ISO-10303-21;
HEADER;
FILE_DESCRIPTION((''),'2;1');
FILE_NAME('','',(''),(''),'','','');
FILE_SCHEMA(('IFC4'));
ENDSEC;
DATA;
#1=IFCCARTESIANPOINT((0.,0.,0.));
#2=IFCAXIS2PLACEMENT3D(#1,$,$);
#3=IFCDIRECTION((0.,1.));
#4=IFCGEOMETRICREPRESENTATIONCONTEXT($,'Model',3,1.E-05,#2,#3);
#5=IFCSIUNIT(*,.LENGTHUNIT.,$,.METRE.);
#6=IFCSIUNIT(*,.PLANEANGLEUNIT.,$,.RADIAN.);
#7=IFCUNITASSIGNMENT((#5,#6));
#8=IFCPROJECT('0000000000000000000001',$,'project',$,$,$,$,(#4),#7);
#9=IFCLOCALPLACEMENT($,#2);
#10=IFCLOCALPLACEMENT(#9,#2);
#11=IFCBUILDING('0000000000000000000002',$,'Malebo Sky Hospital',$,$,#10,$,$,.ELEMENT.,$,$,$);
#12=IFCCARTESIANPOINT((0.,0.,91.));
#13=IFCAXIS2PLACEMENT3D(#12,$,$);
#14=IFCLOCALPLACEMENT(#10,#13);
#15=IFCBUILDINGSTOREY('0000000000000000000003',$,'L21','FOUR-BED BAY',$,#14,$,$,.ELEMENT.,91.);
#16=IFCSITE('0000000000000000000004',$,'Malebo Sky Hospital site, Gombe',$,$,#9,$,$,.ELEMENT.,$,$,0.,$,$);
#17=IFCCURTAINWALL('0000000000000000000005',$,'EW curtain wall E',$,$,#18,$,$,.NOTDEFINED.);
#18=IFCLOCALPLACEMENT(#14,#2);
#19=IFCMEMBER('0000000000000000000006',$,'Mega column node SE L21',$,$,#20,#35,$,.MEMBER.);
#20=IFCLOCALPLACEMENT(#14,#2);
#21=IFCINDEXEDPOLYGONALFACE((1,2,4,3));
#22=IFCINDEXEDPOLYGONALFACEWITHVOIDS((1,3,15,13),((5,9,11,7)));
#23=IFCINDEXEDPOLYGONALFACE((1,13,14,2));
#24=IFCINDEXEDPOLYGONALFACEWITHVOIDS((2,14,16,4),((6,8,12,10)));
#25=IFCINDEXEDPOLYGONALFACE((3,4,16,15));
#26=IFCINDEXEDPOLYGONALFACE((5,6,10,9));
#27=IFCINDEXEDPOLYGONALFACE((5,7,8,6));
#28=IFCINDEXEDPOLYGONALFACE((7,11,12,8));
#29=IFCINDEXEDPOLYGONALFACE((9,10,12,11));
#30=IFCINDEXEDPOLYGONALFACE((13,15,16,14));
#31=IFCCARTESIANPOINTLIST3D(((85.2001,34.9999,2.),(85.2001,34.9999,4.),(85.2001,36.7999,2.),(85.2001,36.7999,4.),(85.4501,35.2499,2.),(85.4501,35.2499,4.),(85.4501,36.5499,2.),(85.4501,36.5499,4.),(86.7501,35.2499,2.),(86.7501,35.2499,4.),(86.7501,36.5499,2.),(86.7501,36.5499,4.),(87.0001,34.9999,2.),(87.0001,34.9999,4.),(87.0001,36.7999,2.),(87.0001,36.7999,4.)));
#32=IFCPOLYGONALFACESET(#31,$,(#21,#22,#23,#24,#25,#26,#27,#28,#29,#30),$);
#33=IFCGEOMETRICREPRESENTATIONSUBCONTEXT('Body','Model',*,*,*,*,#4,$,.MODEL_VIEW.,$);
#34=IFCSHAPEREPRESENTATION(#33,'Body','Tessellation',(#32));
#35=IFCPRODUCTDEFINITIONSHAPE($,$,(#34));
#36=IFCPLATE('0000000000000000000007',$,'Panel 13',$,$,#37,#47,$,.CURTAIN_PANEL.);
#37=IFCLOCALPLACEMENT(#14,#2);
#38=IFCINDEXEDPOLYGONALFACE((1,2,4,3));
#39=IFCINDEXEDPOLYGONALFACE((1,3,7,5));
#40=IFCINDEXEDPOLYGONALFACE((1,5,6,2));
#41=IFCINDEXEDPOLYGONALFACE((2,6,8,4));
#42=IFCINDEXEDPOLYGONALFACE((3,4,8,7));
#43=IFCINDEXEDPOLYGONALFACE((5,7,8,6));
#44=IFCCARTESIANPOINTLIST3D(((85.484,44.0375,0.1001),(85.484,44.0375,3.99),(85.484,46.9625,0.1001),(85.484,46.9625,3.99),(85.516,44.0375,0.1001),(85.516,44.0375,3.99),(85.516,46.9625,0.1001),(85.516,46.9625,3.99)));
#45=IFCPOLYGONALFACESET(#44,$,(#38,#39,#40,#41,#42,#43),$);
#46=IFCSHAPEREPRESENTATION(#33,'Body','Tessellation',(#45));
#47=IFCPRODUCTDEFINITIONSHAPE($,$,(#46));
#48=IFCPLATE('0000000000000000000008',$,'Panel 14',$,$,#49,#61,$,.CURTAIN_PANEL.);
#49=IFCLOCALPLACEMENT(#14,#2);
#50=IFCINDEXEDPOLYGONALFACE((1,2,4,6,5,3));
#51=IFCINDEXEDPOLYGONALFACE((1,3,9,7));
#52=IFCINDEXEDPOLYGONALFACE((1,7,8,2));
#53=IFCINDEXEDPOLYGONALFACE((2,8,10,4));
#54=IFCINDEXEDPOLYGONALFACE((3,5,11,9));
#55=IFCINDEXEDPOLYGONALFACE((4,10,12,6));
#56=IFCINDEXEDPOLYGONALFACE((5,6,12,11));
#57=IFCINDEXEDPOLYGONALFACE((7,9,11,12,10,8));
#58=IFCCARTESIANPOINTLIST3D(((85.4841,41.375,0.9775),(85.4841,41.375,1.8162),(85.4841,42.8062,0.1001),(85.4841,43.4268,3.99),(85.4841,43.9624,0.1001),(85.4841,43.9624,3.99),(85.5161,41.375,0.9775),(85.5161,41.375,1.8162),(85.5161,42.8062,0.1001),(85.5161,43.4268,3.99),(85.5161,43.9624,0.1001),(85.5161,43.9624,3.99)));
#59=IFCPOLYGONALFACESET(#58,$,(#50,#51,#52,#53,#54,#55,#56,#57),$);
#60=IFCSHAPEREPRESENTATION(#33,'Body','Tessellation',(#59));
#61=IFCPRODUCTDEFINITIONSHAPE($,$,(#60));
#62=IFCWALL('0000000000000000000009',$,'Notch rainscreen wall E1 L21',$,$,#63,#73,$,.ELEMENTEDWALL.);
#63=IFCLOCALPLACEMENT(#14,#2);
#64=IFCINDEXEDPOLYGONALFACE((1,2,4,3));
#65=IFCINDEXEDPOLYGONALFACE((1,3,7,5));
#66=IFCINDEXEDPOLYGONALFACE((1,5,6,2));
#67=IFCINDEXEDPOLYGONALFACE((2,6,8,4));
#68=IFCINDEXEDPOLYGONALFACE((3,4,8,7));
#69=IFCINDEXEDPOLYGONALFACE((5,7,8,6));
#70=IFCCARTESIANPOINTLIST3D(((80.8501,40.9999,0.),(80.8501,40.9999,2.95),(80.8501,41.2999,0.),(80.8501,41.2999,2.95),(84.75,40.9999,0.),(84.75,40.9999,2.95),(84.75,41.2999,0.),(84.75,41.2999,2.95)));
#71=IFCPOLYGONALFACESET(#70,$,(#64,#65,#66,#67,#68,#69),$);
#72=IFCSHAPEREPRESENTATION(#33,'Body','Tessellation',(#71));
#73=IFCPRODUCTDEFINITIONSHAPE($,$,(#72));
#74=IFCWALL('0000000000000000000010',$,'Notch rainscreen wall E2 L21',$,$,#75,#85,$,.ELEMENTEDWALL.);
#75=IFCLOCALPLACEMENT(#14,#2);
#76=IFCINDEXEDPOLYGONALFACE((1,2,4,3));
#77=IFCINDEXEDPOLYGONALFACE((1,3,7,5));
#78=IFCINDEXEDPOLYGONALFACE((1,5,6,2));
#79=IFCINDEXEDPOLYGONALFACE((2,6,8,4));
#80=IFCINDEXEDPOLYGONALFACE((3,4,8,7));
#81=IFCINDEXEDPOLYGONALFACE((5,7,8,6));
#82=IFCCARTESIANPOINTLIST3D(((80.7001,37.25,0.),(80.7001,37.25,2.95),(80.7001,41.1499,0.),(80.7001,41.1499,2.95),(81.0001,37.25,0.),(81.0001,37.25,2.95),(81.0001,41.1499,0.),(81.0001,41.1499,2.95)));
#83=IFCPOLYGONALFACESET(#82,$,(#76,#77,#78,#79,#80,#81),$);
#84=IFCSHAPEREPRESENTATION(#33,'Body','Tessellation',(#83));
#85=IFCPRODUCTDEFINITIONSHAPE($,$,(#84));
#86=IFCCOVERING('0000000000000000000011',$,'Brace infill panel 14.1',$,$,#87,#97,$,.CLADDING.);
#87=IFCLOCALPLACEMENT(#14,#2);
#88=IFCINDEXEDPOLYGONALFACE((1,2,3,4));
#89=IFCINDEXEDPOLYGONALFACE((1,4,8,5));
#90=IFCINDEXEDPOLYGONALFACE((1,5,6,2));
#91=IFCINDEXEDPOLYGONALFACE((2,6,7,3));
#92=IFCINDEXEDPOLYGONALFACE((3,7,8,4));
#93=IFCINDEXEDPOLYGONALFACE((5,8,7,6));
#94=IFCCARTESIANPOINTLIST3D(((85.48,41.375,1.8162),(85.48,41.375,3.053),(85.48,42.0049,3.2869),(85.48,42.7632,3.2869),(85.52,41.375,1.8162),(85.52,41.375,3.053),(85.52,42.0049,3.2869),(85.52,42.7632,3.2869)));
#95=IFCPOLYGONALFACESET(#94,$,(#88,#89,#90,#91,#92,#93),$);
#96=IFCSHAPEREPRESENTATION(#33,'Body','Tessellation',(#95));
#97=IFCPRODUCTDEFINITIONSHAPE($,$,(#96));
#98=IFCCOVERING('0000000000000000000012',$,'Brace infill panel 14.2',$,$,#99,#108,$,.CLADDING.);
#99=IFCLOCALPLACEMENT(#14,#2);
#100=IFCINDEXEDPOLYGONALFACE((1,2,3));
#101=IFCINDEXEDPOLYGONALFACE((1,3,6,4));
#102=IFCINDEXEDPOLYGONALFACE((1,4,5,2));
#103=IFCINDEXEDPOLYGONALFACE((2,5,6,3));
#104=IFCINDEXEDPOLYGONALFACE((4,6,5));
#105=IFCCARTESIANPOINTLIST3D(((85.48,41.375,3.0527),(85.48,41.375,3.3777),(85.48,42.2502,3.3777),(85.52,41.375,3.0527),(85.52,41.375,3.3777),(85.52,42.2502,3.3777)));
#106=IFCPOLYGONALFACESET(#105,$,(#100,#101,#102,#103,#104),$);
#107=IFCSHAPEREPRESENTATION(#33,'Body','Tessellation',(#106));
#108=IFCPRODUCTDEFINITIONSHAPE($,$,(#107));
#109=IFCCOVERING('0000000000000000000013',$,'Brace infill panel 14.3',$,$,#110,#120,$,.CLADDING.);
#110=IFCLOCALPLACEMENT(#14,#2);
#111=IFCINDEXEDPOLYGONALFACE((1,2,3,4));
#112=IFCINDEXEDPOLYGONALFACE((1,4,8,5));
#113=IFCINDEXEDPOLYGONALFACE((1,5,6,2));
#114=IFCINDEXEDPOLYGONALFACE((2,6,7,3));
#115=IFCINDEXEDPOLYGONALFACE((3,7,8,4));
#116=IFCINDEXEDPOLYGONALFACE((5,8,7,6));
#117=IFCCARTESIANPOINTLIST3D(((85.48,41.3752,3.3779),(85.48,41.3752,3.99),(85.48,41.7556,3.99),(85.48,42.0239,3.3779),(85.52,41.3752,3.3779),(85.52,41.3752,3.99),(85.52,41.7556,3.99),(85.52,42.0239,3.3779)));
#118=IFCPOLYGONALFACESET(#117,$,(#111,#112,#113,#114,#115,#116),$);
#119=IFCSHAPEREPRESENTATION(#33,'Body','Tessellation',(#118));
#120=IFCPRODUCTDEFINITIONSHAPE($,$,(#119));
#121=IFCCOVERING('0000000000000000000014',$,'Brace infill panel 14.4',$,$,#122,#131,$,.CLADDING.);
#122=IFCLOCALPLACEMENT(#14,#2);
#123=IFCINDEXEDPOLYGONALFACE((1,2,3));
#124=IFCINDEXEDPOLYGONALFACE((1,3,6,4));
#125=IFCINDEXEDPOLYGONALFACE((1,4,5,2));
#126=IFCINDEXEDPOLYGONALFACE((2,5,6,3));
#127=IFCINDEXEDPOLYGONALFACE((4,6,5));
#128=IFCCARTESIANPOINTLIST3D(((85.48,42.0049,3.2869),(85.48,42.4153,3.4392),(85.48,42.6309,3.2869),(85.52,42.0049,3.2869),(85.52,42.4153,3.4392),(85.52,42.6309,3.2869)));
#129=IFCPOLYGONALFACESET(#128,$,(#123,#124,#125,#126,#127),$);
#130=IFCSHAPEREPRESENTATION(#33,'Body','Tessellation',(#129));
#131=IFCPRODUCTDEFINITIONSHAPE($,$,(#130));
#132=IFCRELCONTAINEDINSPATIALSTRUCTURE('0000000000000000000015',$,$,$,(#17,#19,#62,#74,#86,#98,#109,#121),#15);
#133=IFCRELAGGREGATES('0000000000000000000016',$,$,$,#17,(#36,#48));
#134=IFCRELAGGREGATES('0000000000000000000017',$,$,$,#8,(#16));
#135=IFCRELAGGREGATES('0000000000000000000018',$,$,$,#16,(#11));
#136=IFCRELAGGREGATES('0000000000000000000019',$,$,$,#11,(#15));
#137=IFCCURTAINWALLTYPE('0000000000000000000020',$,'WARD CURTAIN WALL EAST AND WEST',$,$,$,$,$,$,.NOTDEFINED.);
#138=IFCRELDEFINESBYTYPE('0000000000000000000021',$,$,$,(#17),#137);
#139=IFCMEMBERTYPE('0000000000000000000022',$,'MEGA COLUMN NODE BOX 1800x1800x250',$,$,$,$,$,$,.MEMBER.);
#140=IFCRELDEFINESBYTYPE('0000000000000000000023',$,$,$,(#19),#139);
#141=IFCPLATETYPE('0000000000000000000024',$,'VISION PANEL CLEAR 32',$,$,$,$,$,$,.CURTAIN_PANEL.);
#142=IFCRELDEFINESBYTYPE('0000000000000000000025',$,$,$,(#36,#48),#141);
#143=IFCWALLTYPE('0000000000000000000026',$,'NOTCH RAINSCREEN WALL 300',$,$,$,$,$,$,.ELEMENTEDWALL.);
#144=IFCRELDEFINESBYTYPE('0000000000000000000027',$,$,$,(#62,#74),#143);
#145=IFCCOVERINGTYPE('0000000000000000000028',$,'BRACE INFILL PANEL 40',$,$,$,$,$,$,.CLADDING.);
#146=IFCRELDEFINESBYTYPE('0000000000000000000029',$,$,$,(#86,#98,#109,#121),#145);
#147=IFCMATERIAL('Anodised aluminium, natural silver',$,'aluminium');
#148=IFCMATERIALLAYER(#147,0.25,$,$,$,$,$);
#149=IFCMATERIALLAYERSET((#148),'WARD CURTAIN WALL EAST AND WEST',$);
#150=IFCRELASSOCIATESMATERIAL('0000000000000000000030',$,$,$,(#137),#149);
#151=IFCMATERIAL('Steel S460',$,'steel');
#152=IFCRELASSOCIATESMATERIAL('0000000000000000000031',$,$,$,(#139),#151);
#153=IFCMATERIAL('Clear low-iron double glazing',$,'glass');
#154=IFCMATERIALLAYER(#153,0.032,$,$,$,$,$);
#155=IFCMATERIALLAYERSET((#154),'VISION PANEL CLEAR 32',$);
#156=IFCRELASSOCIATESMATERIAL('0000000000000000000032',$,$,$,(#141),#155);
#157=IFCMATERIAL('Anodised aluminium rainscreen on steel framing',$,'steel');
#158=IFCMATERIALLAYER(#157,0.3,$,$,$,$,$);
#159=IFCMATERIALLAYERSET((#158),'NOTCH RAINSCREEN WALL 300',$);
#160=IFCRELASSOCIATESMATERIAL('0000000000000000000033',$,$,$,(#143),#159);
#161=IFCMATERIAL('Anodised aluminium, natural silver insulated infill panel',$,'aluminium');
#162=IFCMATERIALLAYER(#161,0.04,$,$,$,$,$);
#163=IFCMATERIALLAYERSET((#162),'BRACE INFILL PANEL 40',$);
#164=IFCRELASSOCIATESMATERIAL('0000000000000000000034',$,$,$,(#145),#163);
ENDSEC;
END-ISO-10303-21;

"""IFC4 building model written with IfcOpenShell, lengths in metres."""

from ifc_helpers import new_model, si_unit, direction, frame, frame_2d, origin, origin_2d, place, context, subcontext, project, spatial, polyline, rectangle, hollow_rectangle, outline, extrude, material, layer, layer_set, material_profile, profile_set, type_object, element, aggregate, save


model = new_model("IFC4")

# Units and contexts
model_context = context("Model", 3, precision=1e-05, world=origin(), true_north=direction((0.0, 1.0)))
body_context = subcontext(model_context, "Body", "Model", "MODEL_VIEW")
ifc_project = project(units=[si_unit("LENGTHUNIT", "METRE"), si_unit("PLANEANGLEUNIT", "RADIAN")], contexts=[model_context])

# Site, building, storey
site_placement = place(None, origin())
site = spatial("IfcSite", under=ifc_project, at=site_placement, Name="Malebo Sky Hospital site, Gombe", CompositionType="ELEMENT", RefElevation=0.0)
building_placement = place(site_placement, origin())
building = spatial("IfcBuilding", under=site, at=building_placement, Name="Malebo Sky Hospital", CompositionType="ELEMENT")
storey_placement = place(building_placement, frame((0.0, 0.0, 91.0)))
storey = spatial("IfcBuildingStorey", under=building, at=storey_placement, Name="L21", Description="FOUR-BED BAY", CompositionType="ELEMENT", Elevation=91.0)

# Shared definitions
ifc_material_1 = material(Name="Steel S460", Category="steel")

# Curtain wall
ifc_material_2 = material(Name="Anodised aluminium, natural silver", Category="aluminium")
ifc_layer_1 = layer(ifc_material_2, 0.25)
ifc_layer_set_1 = layer_set([ifc_layer_1], Name="WARD CURTAIN WALL EAST AND WEST")
curtain_wall_type = type_object("IfcCurtainWallType", Name="WARD CURTAIN WALL EAST AND WEST", PredefinedType="NOTDEFINED", material=ifc_layer_set_1)
curtain_wall_placement = place(storey_placement, origin())
curtain_wall = element("IfcCurtainWall", 1, at=curtain_wall_placement, inside=storey, type_object=curtain_wall_type, Name="EW curtain wall E", PredefinedType="NOTDEFINED")

# Member
ifc_material_profile_1 = material_profile(ifc_material_1, hollow_rectangle(XDim=1.8, YDim=1.8, WallThickness=0.25, at=origin_2d()), Name="BOX 1800x1800x250")
ifc_profile_set_1 = profile_set([ifc_material_profile_1], Name="Steel S460")
member_type_1 = type_object("IfcMemberType", Name="MEGA COLUMN NODE BOX 1800x1800x250", PredefinedType="MEMBER", material=ifc_profile_set_1)
member_1_placement = place(storey_placement, frame((86.1001, 35.8999, 2.0), z_axis=(0.0, 0.0, 1.0), x_axis=(1.0, 0.0, 0.0)))
element("IfcMember", 2, at=member_1_placement, inside=storey, type_object=member_type_1, Name="Mega column node SE L21", PredefinedType="MEMBER", context=body_context, shape_type="SweptSolid", body=[
    extrude(hollow_rectangle(XDim=1.8, YDim=1.8, WallThickness=0.25, at=origin_2d()), origin(), (0.0, 0.0, 1.0), 2.0),
])

# Plates
ifc_material_3 = material(Name="Clear low-iron double glazing", Category="glass")
ifc_layer_2 = layer(ifc_material_3, 0.032)
ifc_layer_set_2 = layer_set([ifc_layer_2], Name="VISION PANEL CLEAR 32")
plate_type = type_object("IfcPlateType", Name="VISION PANEL CLEAR 32", PredefinedType="CURTAIN_PANEL", material=ifc_layer_set_2)
plate_1_placement = place(storey_placement, frame((85.5, 45.5, 0.1001), z_axis=(0.0, 0.0, 1.0), x_axis=(0.0, -1.0, 0.0)))
plate_1 = element("IfcPlate", 3, at=plate_1_placement, type_object=plate_type, Name="Panel 13", PredefinedType="CURTAIN_PANEL", context=body_context, shape_type="SweptSolid", body=[
    extrude(rectangle(XDim=2.925, YDim=0.032, at=origin_2d()), origin(), (0.0, 0.0, 1.0), 3.8899),
])
plate_2_placement = place(storey_placement, frame((85.5, 42.6687, 0.1001), z_axis=(0.0, 0.0, 1.0), x_axis=(0.0, -1.0, 0.0)))
plate_2 = element("IfcPlate", 4, at=plate_2_placement, type_object=plate_type, Name="Panel 14", PredefinedType="CURTAIN_PANEL", context=body_context, shape_type="SweptSolid", body=[
    extrude(outline(polyline([(-1.2937, 0.0), (-0.1375, 0.0), (1.2937, 0.8774), (1.2937, 1.7161), (-0.7581, 3.8899), (-1.2937, 3.8899), (-1.2937, 0.0)])), frame((0.0, 0.0161, 0.0), z_axis=(0.0, -1.0, 0.0), x_axis=(1.0, 0.0, 0.0)), (0.0, 0.0, 1.0), 0.032),
])
aggregate(curtain_wall, [plate_1, plate_2])

# Walls
ifc_material_4 = material(Name="Anodised aluminium rainscreen on steel framing", Category="steel")
ifc_layer_3 = layer(ifc_material_4, 0.3)
ifc_layer_set_3 = layer_set([ifc_layer_3], Name="NOTCH RAINSCREEN WALL 300")
wall_type = type_object("IfcWallType", Name="NOTCH RAINSCREEN WALL 300", PredefinedType="ELEMENTEDWALL", material=ifc_layer_set_3)
for number, where, z_axis, x_axis, name in (
    (5, (84.75, 41.1499, 0.0), (0.0, 0.0, 1.0), (-1.0, 0.0, 0.0), "Notch rainscreen wall E1 L21"),
    (6, (80.8501, 41.1499, 0.0), (0.0, 0.0, 1.0), (0.0, -1.0, 0.0), "Notch rainscreen wall E2 L21"),
):
    element("IfcWall", number, at=place(storey_placement, frame(where, z_axis=z_axis, x_axis=x_axis)), inside=storey, type_object=wall_type, Name=name, PredefinedType="ELEMENTEDWALL", context=body_context, shape_type="SweptSolid", body=[
        extrude(rectangle(XDim=3.8999, YDim=0.3, at=frame_2d((1.95, 0.0))), origin(), (0.0, 0.0, 1.0), 2.95),
    ])

# Coverings
ifc_material_5 = material(Name="Anodised aluminium, natural silver insulated infill panel", Category="aluminium")
ifc_layer_4 = layer(ifc_material_5, 0.04)
ifc_layer_set_4 = layer_set([ifc_layer_4], Name="BRACE INFILL PANEL 40")
covering_type = type_object("IfcCoveringType", Name="BRACE INFILL PANEL 40", PredefinedType="CLADDING", material=ifc_layer_set_4)
covering_1_placement = place(storey_placement, frame((85.5, 42.0691, 1.8162), z_axis=(0.0, 0.0, 1.0), x_axis=(0.0, -1.0, 0.0)))
element("IfcCovering", 7, at=covering_1_placement, inside=storey, type_object=covering_type, Name="Brace infill panel 14.1", PredefinedType="CLADDING", context=body_context, shape_type="SweptSolid", body=[
    extrude(outline(polyline([(0.6941, 0.0), (0.6941, 1.2368), (0.0642, 1.4707), (-0.6941, 1.4707), (0.6941, 0.0)])), frame((0.0, 0.02, 0.0), z_axis=(0.0, -1.0, 0.0), x_axis=(1.0, 0.0, 0.0)), (0.0, 0.0, 1.0), 0.04),
])
covering_2_placement = place(storey_placement, frame((85.5, 41.8127, 3.0527), z_axis=(0.0, 0.0, 1.0), x_axis=(0.0, -1.0, 0.0)))
element("IfcCovering", 8, at=covering_2_placement, inside=storey, type_object=covering_type, Name="Brace infill panel 14.2", PredefinedType="CLADDING", context=body_context, shape_type="SweptSolid", body=[
    extrude(outline(polyline([(0.4377, 0.0), (0.4377, 0.325), (-0.4375, 0.325), (0.4377, 0.0)])), frame((0.0, 0.02, 0.0), z_axis=(0.0, -1.0, 0.0), x_axis=(1.0, 0.0, 0.0)), (0.0, 0.0, 1.0), 0.04),
])
covering_3_placement = place(storey_placement, frame((85.5, 41.6995, 3.3779), z_axis=(0.0, 0.0, 1.0), x_axis=(0.0, -1.0, 0.0)))
element("IfcCovering", 9, at=covering_3_placement, inside=storey, type_object=covering_type, Name="Brace infill panel 14.3", PredefinedType="CLADDING", context=body_context, shape_type="SweptSolid", body=[
    extrude(outline(polyline([(-0.3245, 0.0), (0.3242, 0.0), (0.3242, 0.6121), (-0.0562, 0.6121), (-0.3245, 0.0)])), frame((0.0, 0.02, 0.0), z_axis=(0.0, -1.0, 0.0), x_axis=(1.0, 0.0, 0.0)), (0.0, 0.0, 1.0), 0.04),
])
covering_4_placement = place(storey_placement, frame((85.5, 42.3179, 3.2869), z_axis=(0.0, 0.0, 1.0), x_axis=(0.0, -1.0, 0.0)))
element("IfcCovering", 10, at=covering_4_placement, inside=storey, type_object=covering_type, Name="Brace infill panel 14.4", PredefinedType="CLADDING", context=body_context, shape_type="SweptSolid", body=[
    extrude(outline(polyline([(-0.313, 0.0), (0.313, 0.0), (-0.0974, 0.1523), (-0.313, 0.0)])), frame((0.0, 0.02, 0.0), z_axis=(0.0, -1.0, 0.0), x_axis=(1.0, 0.0, 0.0)), (0.0, 0.0, 1.0), 0.04),
])

save(model, "model.ifc")
